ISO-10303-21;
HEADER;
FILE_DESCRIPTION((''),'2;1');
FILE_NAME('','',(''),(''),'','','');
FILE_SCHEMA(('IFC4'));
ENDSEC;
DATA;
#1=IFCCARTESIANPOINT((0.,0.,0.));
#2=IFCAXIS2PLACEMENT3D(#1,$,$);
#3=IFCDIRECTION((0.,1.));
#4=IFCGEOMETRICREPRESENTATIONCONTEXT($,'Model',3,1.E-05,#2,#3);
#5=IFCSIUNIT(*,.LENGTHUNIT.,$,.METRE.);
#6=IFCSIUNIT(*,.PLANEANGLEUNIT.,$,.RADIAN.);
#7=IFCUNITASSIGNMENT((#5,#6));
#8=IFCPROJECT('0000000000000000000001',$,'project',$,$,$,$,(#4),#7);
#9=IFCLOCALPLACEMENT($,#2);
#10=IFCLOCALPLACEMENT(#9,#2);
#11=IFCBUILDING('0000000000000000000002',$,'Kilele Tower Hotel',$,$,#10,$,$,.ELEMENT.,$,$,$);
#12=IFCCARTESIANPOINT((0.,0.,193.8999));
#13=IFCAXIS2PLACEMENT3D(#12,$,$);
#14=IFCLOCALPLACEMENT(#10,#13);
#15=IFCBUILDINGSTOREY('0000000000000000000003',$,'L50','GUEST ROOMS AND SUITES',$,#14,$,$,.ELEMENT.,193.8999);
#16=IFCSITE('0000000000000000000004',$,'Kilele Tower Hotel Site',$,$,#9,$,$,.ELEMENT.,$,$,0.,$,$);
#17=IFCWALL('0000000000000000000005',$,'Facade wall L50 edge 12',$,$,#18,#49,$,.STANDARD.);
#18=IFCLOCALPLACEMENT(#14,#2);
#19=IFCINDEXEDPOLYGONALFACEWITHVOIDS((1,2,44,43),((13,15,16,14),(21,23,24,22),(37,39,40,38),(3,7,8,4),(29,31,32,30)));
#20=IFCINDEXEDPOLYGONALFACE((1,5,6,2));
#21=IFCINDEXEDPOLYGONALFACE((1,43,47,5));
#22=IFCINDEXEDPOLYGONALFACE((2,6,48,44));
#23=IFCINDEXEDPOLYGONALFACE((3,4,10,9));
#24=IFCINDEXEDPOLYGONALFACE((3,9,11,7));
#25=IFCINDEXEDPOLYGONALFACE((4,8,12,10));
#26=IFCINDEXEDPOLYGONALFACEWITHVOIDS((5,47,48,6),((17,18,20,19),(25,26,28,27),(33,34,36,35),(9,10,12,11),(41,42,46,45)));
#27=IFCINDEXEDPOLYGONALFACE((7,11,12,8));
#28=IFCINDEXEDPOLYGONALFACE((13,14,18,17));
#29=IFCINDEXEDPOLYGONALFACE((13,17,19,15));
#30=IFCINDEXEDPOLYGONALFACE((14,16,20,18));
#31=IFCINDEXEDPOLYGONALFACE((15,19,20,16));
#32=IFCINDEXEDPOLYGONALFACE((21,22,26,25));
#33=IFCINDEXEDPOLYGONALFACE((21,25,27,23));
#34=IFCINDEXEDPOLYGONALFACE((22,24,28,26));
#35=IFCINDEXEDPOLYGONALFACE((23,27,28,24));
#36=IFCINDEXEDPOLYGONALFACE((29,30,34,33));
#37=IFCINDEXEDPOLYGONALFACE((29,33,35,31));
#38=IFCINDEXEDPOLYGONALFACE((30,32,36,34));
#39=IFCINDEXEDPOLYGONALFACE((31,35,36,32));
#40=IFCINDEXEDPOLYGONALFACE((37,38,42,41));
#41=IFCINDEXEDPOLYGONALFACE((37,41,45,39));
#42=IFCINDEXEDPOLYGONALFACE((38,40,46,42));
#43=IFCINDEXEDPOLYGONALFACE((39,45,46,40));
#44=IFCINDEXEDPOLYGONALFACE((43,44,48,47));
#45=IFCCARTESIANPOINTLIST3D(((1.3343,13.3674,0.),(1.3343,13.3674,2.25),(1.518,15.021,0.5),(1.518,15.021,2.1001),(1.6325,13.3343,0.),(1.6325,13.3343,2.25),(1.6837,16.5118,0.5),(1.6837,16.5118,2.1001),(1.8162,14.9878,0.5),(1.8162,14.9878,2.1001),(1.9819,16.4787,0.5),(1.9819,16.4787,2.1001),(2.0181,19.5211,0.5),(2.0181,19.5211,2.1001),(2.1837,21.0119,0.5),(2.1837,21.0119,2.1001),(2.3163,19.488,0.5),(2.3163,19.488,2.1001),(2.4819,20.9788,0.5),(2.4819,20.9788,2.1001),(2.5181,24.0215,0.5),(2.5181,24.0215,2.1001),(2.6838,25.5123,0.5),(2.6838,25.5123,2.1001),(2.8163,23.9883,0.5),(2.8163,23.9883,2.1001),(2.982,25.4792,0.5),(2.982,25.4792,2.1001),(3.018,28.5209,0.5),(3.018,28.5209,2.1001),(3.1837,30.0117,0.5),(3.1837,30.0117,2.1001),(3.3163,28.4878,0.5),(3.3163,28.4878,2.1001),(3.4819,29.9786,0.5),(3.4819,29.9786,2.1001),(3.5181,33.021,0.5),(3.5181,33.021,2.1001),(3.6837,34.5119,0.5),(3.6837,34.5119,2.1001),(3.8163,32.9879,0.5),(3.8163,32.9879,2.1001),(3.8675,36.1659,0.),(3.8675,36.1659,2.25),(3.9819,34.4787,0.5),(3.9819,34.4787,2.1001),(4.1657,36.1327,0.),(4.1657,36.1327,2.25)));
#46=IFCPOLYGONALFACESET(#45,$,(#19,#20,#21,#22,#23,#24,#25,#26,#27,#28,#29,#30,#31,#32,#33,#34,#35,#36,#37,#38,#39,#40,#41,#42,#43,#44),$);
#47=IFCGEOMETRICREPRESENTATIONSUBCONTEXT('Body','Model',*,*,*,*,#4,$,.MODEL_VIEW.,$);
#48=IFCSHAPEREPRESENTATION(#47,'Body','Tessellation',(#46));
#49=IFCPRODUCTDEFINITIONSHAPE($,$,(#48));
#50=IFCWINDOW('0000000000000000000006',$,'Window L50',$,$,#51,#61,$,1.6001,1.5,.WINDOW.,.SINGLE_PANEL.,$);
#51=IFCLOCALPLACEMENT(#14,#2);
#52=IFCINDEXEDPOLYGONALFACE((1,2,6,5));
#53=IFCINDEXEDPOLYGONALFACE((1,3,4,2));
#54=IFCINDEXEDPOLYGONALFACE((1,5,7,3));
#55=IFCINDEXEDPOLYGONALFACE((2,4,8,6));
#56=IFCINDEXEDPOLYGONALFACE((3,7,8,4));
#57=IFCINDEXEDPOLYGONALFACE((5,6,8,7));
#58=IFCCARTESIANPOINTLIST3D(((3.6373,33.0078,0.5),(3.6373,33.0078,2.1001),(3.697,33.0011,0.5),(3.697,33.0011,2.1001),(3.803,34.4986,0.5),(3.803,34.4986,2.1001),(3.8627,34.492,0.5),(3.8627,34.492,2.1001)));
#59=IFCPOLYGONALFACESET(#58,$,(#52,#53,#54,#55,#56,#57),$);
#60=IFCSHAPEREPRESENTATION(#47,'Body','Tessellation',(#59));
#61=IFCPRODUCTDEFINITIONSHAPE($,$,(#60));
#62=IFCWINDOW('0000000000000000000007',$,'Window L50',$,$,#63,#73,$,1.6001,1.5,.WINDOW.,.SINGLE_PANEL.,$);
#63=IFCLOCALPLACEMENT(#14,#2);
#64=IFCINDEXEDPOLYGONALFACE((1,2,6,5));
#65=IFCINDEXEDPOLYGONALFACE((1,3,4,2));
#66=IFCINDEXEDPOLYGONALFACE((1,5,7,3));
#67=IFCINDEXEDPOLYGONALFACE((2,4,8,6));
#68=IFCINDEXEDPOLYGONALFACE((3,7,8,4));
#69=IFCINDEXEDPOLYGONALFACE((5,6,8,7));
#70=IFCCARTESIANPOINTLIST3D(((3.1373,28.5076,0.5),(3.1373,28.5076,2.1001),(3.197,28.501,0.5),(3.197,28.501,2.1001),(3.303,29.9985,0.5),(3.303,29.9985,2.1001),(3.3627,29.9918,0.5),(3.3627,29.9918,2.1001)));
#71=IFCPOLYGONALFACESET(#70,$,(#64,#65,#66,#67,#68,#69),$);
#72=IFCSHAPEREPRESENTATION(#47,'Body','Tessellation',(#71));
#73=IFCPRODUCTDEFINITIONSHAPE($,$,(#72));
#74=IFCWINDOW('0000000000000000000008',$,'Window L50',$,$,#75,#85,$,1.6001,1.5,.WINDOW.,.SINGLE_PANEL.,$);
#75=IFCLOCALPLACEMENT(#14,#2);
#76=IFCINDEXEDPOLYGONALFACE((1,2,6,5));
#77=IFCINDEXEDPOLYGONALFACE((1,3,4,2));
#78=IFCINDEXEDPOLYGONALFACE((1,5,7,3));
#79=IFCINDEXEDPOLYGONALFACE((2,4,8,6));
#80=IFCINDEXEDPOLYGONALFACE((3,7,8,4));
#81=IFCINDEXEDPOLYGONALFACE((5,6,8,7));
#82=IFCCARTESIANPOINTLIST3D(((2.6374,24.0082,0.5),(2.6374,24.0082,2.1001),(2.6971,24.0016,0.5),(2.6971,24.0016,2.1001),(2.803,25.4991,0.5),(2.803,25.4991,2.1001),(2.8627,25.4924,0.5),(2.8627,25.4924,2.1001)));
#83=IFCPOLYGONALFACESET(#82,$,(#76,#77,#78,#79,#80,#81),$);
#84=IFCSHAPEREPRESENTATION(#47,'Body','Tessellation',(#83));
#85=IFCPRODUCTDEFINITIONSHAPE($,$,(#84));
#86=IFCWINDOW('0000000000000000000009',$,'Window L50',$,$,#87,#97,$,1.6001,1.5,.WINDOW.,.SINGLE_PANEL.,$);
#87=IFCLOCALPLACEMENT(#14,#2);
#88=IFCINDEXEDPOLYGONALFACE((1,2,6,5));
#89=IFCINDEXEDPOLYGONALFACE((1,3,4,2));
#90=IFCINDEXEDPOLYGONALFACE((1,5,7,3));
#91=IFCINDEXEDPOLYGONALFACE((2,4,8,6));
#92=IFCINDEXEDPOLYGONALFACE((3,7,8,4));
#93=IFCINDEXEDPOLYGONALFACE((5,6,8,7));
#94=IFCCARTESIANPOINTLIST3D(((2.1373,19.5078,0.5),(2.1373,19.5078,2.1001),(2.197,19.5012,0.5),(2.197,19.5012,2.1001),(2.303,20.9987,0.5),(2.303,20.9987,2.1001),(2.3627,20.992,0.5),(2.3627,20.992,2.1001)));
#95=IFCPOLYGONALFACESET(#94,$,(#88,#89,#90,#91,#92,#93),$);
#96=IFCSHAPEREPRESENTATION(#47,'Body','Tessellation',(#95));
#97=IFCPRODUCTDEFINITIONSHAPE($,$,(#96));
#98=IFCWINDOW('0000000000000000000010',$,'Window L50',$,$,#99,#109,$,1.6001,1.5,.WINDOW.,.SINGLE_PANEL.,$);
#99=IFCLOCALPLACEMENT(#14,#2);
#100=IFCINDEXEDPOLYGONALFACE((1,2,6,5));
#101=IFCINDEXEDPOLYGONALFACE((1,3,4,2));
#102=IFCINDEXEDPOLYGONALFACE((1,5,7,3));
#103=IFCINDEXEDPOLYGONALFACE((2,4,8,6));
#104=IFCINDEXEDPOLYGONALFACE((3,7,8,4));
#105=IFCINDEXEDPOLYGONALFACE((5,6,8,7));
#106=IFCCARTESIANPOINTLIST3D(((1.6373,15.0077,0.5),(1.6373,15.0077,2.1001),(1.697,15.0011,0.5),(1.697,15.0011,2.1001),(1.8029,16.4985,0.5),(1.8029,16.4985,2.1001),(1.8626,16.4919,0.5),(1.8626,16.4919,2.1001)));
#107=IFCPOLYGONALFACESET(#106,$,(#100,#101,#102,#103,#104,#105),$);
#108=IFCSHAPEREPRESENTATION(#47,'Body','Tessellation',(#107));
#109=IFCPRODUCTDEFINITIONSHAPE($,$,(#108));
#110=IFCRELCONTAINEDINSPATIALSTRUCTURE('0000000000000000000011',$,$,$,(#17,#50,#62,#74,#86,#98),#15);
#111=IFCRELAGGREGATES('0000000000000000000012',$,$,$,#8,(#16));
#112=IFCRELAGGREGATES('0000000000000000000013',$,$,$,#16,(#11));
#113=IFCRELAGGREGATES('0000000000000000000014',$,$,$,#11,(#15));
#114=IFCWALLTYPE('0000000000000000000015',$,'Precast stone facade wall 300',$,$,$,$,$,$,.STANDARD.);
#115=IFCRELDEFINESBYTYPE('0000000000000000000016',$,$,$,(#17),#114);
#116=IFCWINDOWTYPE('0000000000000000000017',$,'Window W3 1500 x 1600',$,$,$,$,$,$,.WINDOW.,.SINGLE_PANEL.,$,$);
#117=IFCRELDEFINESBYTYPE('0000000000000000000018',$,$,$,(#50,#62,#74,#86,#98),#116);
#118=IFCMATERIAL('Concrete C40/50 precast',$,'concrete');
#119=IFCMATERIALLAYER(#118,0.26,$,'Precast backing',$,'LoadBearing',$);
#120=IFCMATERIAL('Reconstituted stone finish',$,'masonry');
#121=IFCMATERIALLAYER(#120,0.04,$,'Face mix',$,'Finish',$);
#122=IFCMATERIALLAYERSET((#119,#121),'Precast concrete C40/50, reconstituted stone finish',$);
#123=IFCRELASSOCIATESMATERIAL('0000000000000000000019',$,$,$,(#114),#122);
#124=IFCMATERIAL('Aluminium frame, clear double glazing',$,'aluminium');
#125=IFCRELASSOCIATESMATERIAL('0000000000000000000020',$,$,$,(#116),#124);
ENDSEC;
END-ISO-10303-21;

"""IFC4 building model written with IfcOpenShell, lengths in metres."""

from ifc_helpers import new_model, si_unit, direction, frame, frame_2d, origin, place, context, subcontext, project, spatial, rectangle, extrude, material, layer, layer_set, type_object, element, fill, save


model = new_model("IFC4")

# Units and contexts
model_context = context("Model", 3, precision=1e-05, world=origin(), true_north=direction((0.0, 1.0)))
body_context = subcontext(model_context, "Body", "Model", "MODEL_VIEW")
ifc_project = project(units=[si_unit("LENGTHUNIT", "METRE"), si_unit("PLANEANGLEUNIT", "RADIAN")], contexts=[model_context])

# Site, building, storey
site_placement = place(None, origin())
site = spatial("IfcSite", under=ifc_project, at=site_placement, Name="Kilele Tower Hotel Site", CompositionType="ELEMENT", RefElevation=0.0)
building_placement = place(site_placement, origin())
building = spatial("IfcBuilding", under=site, at=building_placement, Name="Kilele Tower Hotel", CompositionType="ELEMENT")
storey_placement = place(building_placement, frame((0.0, 0.0, 193.8999)))
storey = spatial("IfcBuildingStorey", under=building, at=storey_placement, Name="L50", Description="GUEST ROOMS AND SUITES", CompositionType="ELEMENT", Elevation=193.8999)

# Shared definitions
ifc_material_1 = material(Name="Concrete C40/50 precast", Category="concrete")
ifc_layer_1 = layer(ifc_material_1, 0.26, Name="Precast backing", Category="LoadBearing")
ifc_material_2 = material(Name="Reconstituted stone finish", Category="masonry")
ifc_layer_2 = layer(ifc_material_2, 0.04, Name="Face mix", Category="Finish")
ifc_layer_set_1 = layer_set([ifc_layer_1, ifc_layer_2], Name="Precast concrete C40/50, reconstituted stone finish")
wall_type_1 = type_object("IfcWallType", Name="Precast stone facade wall 300", PredefinedType="STANDARD", material=ifc_layer_set_1)

# Wall, openings, windows
wall_1_placement = place(storey_placement, frame((4.0166, 36.1492, 0.0), z_axis=(0.0, 0.0, 1.0), x_axis=(-0.110434, -0.993883, 0.0)))
wall_1 = element("IfcWall", 1, at=wall_1_placement, inside=storey, type_object=wall_type_1, Name="Facade wall L50 edge 12", PredefinedType="STANDARD", context=body_context, shape_type="SweptSolid", body=[
    extrude(rectangle(XDim=22.9387, YDim=0.3, at=frame_2d((11.4692, 0.0))), origin(), (0.0, 0.0, 1.0), 2.25),
])
opening_1_placement = place(wall_1_placement, frame((1.6641, 0.0, 0.5)))
opening_1 = element("IfcOpeningElement", 2, at=opening_1_placement, cuts=wall_1, PredefinedType="OPENING", context=body_context, shape_type="SweptSolid", body=[
    extrude(rectangle(XDim=1.5, YDim=1.6001, at=frame_2d((0.75, 0.8))), frame((0.0, 0.1599, 0.0), z_axis=(0.0, -1.0, 0.0), x_axis=(1.0, 0.0, 0.0)), (0.0, 0.0, 1.0), 0.3201),
])
opening_2_placement = place(wall_1_placement, frame((6.1919, 0.0, 0.5)))
opening_2 = element("IfcOpeningElement", 3, at=opening_2_placement, cuts=wall_1, PredefinedType="OPENING", context=body_context, shape_type="SweptSolid", body=[
    extrude(rectangle(XDim=1.5, YDim=1.6001, at=frame_2d((0.75, 0.8))), frame((0.0, 0.1599, 0.0), z_axis=(0.0, -1.0, 0.0), x_axis=(1.0, 0.0, 0.0)), (0.0, 0.0, 1.0), 0.3201),
])
opening_3_placement = place(wall_1_placement, frame((10.719, 0.0, 0.5)))
opening_3 = element("IfcOpeningElement", 4, at=opening_3_placement, cuts=wall_1, PredefinedType="OPENING", context=body_context, shape_type="SweptSolid", body=[
    extrude(rectangle(XDim=1.5, YDim=1.6001, at=frame_2d((0.75, 0.8))), frame((0.0, 0.1599, 0.0), z_axis=(0.0, -1.0, 0.0), x_axis=(1.0, 0.0, 0.0)), (0.0, 0.0, 1.0), 0.3201),
])
opening_4_placement = place(wall_1_placement, frame((15.2471, 0.0, 0.5)))
opening_4 = element("IfcOpeningElement", 5, at=opening_4_placement, cuts=wall_1, PredefinedType="OPENING", context=body_context, shape_type="SweptSolid", body=[
    extrude(rectangle(XDim=1.5, YDim=1.6001, at=frame_2d((0.75, 0.8))), frame((0.0, 0.1599, 0.0), z_axis=(0.0, -1.0, 0.0), x_axis=(1.0, 0.0, 0.0)), (0.0, 0.0, 1.0), 0.3201),
])
opening_5_placement = place(wall_1_placement, frame((19.7749, 0.0, 0.5)))
opening_5 = element("IfcOpeningElement", 6, at=opening_5_placement, cuts=wall_1, PredefinedType="OPENING", context=body_context, shape_type="SweptSolid", body=[
    extrude(rectangle(XDim=1.5, YDim=1.6001, at=frame_2d((0.75, 0.8))), frame((0.0, 0.1599, 0.0), z_axis=(0.0, -1.0, 0.0), x_axis=(1.0, 0.0, 0.0)), (0.0, 0.0, 1.0), 0.3201),
])
ifc_material_3 = material(Name="Aluminium frame, clear double glazing", Category="aluminium")
window_type_1 = type_object("IfcWindowType", Name="Window W3 1500 x 1600", PartitioningType="SINGLE_PANEL", PredefinedType="WINDOW", material=ifc_material_3)
window_1_placement = place(opening_1_placement, origin())
window_1 = element("IfcWindow", 7, at=window_1_placement, inside=storey, type_object=window_type_1, Name="Window L50", OverallHeight=1.6001, OverallWidth=1.5, PartitioningType="SINGLE_PANEL", PredefinedType="WINDOW", context=body_context, shape_type="SweptSolid", body=[
    extrude(rectangle(XDim=1.5, YDim=1.6001, at=frame_2d((0.75, 0.8))), frame((0.0, 0.03, 0.0), z_axis=(0.0, -1.0, 0.0), x_axis=(1.0, 0.0, 0.0)), (0.0, 0.0, 1.0), 0.0601),
])
fill(opening_1, window_1)
window_2_placement = place(opening_2_placement, origin())
window_2 = element("IfcWindow", 8, at=window_2_placement, inside=storey, type_object=window_type_1, Name="Window L50", OverallHeight=1.6001, OverallWidth=1.5, PartitioningType="SINGLE_PANEL", PredefinedType="WINDOW", context=body_context, shape_type="SweptSolid", body=[
    extrude(rectangle(XDim=1.5, YDim=1.6001, at=frame_2d((0.75, 0.8))), frame((0.0, 0.03, 0.0), z_axis=(0.0, -1.0, 0.0), x_axis=(1.0, 0.0, 0.0)), (0.0, 0.0, 1.0), 0.0601),
])
fill(opening_2, window_2)
window_3_placement = place(opening_3_placement, origin())
window_3 = element("IfcWindow", 9, at=window_3_placement, inside=storey, type_object=window_type_1, Name="Window L50", OverallHeight=1.6001, OverallWidth=1.5, PartitioningType="SINGLE_PANEL", PredefinedType="WINDOW", context=body_context, shape_type="SweptSolid", body=[
    extrude(rectangle(XDim=1.5, YDim=1.6001, at=frame_2d((0.75, 0.8))), frame((0.0, 0.03, 0.0), z_axis=(0.0, -1.0, 0.0), x_axis=(1.0, 0.0, 0.0)), (0.0, 0.0, 1.0), 0.0601),
])
fill(opening_3, window_3)
window_4_placement = place(opening_4_placement, origin())
window_4 = element("IfcWindow", 10, at=window_4_placement, inside=storey, type_object=window_type_1, Name="Window L50", OverallHeight=1.6001, OverallWidth=1.5, PartitioningType="SINGLE_PANEL", PredefinedType="WINDOW", context=body_context, shape_type="SweptSolid", body=[
    extrude(rectangle(XDim=1.5, YDim=1.6001, at=frame_2d((0.75, 0.8))), frame((0.0, 0.03, 0.0), z_axis=(0.0, -1.0, 0.0), x_axis=(1.0, 0.0, 0.0)), (0.0, 0.0, 1.0), 0.0601),
])
fill(opening_4, window_4)
window_5_placement = place(opening_5_placement, origin())
window_5 = element("IfcWindow", 11, at=window_5_placement, inside=storey, type_object=window_type_1, Name="Window L50", OverallHeight=1.6001, OverallWidth=1.5, PartitioningType="SINGLE_PANEL", PredefinedType="WINDOW", context=body_context, shape_type="SweptSolid", body=[
    extrude(rectangle(XDim=1.5, YDim=1.6001, at=frame_2d((0.75, 0.8))), frame((0.0, 0.03, 0.0), z_axis=(0.0, -1.0, 0.0), x_axis=(1.0, 0.0, 0.0)), (0.0, 0.0, 1.0), 0.0601),
])
fill(opening_5, window_5)

save(model, "model.ifc")
